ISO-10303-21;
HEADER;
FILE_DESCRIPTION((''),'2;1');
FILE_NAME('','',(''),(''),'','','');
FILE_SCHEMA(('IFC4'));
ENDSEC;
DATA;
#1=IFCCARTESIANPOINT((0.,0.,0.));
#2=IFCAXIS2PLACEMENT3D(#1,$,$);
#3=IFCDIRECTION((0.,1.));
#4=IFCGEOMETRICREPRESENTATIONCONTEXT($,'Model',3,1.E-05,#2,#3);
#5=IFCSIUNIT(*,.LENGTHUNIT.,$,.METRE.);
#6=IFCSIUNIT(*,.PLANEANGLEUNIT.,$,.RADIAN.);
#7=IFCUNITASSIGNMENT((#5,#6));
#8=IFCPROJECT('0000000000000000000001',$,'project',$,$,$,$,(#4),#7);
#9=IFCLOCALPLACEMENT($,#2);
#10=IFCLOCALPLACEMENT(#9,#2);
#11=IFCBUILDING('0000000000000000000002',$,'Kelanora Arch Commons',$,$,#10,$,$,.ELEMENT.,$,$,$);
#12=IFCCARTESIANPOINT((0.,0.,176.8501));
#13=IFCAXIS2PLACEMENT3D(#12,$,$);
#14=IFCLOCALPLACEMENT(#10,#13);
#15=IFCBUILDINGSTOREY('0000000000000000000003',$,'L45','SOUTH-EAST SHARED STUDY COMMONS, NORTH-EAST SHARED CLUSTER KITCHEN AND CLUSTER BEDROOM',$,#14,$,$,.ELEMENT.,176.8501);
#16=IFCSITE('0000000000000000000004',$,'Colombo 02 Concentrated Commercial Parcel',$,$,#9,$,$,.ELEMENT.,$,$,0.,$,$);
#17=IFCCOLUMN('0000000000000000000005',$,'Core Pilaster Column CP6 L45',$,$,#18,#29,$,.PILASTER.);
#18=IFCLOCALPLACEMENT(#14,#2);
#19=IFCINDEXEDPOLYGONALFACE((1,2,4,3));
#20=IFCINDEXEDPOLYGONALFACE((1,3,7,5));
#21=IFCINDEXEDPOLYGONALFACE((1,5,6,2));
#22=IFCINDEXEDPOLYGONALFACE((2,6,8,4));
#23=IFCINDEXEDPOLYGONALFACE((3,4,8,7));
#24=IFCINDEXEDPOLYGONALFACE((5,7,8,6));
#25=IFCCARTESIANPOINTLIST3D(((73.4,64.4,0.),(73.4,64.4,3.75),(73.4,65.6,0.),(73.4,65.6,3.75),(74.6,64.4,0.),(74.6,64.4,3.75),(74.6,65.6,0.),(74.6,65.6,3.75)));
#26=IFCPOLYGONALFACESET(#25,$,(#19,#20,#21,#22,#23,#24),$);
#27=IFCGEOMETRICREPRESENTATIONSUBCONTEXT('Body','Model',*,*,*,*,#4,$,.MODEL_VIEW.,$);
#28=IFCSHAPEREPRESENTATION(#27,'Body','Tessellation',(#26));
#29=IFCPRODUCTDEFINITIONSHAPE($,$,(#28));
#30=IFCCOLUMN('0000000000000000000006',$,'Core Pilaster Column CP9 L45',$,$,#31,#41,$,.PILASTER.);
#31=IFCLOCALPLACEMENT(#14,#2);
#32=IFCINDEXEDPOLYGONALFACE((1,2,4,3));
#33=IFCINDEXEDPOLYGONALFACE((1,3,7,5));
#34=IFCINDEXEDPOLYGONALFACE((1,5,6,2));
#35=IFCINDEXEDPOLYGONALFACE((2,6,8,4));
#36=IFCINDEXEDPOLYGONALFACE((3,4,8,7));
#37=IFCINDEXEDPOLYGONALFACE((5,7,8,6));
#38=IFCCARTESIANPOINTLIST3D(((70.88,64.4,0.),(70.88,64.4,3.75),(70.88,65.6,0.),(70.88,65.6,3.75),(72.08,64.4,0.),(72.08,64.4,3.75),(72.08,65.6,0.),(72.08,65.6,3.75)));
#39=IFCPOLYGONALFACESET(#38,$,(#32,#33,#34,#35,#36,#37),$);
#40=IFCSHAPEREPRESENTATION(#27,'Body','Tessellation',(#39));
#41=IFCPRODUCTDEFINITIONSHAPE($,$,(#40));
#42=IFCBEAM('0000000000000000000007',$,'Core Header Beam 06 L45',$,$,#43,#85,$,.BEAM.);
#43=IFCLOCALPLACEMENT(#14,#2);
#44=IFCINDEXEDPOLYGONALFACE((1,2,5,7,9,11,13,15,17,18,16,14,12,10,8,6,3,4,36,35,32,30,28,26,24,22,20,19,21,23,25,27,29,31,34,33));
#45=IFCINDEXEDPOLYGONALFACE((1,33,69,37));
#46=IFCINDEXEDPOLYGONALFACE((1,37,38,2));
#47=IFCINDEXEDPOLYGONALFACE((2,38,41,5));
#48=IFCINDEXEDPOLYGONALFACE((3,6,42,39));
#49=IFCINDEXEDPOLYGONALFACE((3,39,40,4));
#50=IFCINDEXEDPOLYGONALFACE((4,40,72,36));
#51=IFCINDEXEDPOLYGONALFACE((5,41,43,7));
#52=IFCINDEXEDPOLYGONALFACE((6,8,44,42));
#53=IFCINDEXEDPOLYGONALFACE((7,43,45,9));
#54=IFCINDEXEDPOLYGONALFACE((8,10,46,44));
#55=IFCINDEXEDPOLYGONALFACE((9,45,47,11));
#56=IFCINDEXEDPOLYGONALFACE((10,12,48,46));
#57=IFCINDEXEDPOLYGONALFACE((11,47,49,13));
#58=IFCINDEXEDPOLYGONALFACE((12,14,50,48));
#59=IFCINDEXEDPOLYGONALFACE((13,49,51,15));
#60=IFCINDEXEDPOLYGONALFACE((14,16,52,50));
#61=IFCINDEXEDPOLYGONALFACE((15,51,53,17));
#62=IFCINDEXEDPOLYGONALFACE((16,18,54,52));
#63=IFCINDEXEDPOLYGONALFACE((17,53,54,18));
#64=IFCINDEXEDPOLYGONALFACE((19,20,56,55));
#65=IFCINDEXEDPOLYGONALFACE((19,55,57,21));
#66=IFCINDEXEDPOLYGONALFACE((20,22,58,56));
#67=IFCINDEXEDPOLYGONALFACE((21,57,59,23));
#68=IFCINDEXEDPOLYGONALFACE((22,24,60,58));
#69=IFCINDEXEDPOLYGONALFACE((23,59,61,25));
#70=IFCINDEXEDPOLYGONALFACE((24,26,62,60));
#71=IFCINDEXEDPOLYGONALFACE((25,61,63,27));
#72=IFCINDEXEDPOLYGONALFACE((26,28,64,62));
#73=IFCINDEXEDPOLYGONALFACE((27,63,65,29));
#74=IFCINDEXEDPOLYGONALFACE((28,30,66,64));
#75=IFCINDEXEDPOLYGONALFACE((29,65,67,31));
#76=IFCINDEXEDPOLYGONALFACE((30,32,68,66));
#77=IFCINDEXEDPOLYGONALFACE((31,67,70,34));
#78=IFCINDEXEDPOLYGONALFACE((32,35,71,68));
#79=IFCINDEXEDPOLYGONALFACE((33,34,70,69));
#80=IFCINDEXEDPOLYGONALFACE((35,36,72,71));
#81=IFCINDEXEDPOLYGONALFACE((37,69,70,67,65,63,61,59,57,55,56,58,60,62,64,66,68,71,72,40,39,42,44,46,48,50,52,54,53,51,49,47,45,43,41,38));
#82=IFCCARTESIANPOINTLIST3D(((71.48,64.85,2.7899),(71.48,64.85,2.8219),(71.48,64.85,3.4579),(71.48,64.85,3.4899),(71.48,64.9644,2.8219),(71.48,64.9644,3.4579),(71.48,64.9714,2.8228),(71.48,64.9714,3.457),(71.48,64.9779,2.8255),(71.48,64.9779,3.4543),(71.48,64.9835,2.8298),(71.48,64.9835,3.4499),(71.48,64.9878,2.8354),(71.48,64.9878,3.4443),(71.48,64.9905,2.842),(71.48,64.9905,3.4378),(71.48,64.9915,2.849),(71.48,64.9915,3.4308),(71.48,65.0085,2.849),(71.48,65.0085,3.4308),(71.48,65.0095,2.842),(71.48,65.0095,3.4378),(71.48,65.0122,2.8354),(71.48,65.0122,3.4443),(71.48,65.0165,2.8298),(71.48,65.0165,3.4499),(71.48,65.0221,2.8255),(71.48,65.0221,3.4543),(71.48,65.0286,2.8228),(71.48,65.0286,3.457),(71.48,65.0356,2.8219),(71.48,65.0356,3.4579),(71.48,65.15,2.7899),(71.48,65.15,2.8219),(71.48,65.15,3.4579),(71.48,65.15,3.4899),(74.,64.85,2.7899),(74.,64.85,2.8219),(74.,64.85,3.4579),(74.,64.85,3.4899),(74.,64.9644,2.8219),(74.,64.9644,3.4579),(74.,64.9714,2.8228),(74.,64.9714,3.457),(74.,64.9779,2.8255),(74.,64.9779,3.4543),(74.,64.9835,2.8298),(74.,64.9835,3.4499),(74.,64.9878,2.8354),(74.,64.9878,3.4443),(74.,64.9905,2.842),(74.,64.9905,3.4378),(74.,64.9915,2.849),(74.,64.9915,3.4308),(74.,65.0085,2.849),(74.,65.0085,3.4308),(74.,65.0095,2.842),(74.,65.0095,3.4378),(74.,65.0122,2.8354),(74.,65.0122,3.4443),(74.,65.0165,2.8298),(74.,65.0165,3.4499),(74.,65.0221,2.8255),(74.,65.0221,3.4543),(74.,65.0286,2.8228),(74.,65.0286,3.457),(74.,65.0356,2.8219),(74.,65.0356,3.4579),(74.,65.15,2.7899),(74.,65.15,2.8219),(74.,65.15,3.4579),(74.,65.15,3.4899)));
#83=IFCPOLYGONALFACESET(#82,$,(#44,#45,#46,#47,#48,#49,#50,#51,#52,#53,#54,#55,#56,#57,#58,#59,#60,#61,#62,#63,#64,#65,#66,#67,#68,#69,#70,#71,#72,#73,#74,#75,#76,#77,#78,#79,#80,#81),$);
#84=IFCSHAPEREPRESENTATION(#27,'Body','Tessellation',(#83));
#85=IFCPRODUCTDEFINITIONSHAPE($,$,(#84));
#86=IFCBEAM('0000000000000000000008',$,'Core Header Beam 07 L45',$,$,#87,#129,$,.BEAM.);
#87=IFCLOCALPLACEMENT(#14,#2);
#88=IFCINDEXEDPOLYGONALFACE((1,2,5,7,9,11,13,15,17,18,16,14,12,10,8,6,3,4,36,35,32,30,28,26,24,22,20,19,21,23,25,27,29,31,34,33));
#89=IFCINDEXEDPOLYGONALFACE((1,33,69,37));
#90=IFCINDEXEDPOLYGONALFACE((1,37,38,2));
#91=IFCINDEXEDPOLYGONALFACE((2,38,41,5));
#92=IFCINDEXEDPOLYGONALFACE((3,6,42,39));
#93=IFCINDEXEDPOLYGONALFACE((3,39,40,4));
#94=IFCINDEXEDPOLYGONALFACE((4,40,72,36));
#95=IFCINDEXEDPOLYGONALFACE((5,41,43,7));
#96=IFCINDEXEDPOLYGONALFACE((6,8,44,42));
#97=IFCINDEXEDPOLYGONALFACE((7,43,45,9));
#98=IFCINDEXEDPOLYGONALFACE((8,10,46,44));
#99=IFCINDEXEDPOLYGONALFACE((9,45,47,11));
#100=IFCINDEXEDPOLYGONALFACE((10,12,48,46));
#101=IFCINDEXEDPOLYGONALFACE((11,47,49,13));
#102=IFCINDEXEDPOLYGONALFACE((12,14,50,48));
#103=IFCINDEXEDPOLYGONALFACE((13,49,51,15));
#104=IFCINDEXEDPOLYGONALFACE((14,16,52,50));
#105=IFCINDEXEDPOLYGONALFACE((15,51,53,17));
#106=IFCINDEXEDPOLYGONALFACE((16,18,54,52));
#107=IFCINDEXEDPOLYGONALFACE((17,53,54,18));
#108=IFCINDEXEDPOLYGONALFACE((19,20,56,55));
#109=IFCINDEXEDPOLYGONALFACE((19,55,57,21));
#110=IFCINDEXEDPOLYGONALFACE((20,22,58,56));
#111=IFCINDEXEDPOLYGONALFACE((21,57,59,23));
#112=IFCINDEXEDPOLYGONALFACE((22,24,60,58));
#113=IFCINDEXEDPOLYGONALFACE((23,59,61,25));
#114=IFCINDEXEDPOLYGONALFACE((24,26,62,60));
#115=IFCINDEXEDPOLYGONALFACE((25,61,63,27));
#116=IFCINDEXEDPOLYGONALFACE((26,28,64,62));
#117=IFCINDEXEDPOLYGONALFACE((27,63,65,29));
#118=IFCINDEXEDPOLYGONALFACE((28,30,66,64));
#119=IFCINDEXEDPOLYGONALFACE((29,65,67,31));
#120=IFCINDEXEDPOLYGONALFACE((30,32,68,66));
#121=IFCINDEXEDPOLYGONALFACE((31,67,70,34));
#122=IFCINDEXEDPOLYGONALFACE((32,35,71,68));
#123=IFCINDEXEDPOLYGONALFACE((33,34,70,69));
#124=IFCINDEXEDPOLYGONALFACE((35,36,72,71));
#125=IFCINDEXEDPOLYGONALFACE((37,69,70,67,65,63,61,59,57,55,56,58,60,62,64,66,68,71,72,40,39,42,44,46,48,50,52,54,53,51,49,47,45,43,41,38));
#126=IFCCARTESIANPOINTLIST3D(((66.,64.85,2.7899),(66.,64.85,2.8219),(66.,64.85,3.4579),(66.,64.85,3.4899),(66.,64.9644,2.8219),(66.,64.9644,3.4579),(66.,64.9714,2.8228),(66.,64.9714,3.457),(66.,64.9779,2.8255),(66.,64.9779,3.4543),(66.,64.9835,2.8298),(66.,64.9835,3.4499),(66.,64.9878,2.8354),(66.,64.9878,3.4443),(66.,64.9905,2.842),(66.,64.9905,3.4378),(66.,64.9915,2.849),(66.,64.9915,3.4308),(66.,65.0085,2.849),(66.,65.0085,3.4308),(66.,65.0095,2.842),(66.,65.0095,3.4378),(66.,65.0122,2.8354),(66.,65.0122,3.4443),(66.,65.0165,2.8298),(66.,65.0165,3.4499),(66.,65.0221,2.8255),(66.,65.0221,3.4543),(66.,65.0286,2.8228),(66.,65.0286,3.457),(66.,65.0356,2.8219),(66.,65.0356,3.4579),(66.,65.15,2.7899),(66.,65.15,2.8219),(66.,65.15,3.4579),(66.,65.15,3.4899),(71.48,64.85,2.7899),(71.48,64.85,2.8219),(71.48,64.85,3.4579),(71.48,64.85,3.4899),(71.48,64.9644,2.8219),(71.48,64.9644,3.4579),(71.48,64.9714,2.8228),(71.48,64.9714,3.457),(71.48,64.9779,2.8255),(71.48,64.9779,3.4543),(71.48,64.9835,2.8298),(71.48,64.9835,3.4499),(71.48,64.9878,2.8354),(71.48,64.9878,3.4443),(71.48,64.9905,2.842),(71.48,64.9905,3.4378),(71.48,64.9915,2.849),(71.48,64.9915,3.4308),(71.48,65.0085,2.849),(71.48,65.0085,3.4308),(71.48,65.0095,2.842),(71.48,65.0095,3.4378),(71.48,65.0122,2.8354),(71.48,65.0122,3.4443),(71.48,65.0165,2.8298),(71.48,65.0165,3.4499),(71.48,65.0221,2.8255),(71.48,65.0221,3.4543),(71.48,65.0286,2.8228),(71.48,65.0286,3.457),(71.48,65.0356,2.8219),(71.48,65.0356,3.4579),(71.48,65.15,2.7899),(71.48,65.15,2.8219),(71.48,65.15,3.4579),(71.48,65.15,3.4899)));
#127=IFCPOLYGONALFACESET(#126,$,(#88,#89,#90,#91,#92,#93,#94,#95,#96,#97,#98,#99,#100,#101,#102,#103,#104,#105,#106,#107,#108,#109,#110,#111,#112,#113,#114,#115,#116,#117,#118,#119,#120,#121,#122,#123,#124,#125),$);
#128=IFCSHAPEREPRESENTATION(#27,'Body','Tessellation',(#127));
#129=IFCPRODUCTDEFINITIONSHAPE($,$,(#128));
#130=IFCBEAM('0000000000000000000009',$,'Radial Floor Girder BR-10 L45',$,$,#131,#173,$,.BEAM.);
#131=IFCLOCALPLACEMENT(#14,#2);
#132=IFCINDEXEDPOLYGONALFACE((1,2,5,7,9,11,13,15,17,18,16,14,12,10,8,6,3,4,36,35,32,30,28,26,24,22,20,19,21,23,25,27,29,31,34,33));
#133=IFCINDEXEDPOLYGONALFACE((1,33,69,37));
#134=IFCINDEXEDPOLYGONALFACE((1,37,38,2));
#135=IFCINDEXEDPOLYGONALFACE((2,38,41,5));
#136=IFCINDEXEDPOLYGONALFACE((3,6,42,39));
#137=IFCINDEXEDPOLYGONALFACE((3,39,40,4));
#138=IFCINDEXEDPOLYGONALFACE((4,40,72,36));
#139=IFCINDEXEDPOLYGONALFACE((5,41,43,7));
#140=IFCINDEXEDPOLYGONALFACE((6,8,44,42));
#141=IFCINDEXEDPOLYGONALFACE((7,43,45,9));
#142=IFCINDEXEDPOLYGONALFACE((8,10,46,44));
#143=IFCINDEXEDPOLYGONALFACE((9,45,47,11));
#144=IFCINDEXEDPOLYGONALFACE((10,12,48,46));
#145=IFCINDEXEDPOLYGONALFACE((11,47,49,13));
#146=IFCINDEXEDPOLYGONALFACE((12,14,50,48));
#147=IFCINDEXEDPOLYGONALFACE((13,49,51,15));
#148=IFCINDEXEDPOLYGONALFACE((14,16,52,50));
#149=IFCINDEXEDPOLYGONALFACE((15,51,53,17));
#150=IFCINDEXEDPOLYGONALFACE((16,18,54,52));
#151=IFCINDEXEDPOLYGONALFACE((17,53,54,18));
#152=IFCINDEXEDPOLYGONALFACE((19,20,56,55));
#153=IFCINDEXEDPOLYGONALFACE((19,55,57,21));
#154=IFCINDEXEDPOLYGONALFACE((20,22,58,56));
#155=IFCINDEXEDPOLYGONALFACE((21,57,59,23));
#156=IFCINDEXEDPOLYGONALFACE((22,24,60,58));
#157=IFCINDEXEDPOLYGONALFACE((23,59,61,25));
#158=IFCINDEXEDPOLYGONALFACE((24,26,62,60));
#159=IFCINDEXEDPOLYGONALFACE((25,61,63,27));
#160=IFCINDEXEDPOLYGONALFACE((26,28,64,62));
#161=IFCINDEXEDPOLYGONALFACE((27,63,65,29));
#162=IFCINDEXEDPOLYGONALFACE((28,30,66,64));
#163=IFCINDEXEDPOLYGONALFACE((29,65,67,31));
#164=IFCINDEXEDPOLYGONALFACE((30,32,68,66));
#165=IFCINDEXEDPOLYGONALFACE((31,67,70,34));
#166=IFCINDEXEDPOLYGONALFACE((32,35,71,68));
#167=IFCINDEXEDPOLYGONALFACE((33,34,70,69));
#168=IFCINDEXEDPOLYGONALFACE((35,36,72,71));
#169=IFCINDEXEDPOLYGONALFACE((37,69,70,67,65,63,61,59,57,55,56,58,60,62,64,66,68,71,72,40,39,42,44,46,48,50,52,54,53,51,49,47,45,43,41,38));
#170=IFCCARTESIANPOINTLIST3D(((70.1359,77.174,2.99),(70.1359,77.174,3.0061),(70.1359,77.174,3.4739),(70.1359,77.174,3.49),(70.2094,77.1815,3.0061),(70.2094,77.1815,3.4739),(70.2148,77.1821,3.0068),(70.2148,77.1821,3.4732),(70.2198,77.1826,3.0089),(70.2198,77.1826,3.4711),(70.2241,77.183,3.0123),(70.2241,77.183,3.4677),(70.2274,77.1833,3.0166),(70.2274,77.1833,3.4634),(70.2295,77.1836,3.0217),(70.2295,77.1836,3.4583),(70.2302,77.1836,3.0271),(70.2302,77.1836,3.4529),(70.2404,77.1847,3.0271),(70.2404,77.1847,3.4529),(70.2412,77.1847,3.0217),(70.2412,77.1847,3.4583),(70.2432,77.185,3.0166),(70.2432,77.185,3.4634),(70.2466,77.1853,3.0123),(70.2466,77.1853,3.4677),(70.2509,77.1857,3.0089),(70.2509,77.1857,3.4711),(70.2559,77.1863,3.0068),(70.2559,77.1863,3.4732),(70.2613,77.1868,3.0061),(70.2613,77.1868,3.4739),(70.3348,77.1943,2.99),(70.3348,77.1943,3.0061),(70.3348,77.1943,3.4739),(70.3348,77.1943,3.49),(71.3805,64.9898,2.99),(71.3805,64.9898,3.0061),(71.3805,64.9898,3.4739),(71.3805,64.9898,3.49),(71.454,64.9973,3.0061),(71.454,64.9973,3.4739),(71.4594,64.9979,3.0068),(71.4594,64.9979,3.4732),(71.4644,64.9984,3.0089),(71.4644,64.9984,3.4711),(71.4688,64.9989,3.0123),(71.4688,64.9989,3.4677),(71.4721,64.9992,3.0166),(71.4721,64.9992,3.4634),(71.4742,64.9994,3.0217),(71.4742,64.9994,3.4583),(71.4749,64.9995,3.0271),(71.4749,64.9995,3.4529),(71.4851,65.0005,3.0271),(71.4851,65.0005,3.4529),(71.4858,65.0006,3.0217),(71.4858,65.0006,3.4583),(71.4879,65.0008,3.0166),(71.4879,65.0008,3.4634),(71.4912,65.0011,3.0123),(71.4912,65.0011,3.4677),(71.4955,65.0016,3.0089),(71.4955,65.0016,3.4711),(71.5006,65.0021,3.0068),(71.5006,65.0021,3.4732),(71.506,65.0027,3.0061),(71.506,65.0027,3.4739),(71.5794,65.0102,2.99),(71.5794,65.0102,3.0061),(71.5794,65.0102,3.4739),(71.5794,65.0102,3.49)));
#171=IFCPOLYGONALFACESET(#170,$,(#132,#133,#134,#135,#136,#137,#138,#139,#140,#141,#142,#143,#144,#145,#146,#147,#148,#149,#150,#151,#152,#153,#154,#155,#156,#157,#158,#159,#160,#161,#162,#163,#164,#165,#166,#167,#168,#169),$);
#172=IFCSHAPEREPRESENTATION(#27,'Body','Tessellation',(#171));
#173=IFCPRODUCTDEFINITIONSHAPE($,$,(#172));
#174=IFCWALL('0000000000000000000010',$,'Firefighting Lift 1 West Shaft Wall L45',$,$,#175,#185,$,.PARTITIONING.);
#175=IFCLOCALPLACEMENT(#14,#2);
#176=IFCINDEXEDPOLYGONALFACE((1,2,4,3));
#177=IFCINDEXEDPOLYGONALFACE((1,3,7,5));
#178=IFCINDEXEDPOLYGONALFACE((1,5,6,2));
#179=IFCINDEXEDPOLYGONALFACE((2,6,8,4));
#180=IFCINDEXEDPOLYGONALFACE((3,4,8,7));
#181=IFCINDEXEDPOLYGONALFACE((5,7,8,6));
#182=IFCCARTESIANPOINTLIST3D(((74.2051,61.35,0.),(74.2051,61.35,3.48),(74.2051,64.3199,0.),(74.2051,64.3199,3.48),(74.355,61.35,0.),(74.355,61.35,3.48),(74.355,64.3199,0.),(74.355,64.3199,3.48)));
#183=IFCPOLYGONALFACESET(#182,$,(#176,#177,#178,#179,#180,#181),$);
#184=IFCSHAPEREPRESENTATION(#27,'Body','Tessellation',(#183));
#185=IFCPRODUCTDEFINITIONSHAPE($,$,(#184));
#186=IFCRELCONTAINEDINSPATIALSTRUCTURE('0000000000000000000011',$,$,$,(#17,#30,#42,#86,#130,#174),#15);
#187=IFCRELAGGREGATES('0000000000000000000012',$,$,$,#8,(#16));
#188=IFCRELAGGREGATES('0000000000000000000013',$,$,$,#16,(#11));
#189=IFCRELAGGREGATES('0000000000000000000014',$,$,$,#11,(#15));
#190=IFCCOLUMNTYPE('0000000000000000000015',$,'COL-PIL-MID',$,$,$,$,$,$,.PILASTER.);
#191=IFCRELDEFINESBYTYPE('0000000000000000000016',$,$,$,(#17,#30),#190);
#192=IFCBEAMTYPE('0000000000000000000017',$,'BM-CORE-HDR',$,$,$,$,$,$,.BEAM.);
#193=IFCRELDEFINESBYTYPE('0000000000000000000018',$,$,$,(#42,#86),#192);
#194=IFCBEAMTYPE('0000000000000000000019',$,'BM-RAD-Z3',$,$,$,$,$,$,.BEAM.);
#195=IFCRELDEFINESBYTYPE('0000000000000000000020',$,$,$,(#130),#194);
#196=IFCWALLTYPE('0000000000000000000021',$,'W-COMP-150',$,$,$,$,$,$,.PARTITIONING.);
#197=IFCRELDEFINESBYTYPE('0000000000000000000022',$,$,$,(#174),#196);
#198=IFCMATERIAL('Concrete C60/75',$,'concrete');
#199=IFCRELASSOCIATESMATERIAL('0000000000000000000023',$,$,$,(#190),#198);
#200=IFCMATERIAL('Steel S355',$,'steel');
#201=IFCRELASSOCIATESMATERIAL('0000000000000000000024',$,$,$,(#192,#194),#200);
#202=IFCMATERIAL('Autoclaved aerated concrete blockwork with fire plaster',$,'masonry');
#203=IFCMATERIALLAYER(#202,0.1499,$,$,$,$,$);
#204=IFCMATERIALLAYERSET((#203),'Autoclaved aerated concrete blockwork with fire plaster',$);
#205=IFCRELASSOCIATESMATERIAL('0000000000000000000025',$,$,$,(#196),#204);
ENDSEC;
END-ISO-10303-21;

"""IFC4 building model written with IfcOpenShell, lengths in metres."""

from ifc_helpers import new_model, si_unit, direction, frame, frame_2d, origin, origin_2d, place, context, subcontext, project, spatial, rectangle, i_section, extrude, material, layer, layer_set, material_profile, profile_set, type_object, element, save


model = new_model("IFC4")

# Units and contexts
model_context = context("Model", 3, precision=1e-05, world=origin(), true_north=direction((0.0, 1.0)))
body_context = subcontext(model_context, "Body", "Model", "MODEL_VIEW")
ifc_project = project(units=[si_unit("LENGTHUNIT", "METRE"), si_unit("PLANEANGLEUNIT", "RADIAN")], contexts=[model_context])

# Site, building, storey
site_placement = place(None, origin())
site = spatial("IfcSite", under=ifc_project, at=site_placement, Name="Colombo 02 Concentrated Commercial Parcel", CompositionType="ELEMENT", RefElevation=0.0)
building_placement = place(site_placement, origin())
building = spatial("IfcBuilding", under=site, at=building_placement, Name="Kelanora Arch Commons", CompositionType="ELEMENT")
storey_placement = place(building_placement, frame((0.0, 0.0, 176.8501)))
storey = spatial("IfcBuildingStorey", under=building, at=storey_placement, Name="L45", Description="SOUTH-EAST SHARED STUDY COMMONS, NORTH-EAST SHARED CLUSTER KITCHEN AND CLUSTER BEDROOM", CompositionType="ELEMENT", Elevation=176.8501)

# Columns
ifc_material_1 = material(Name="Concrete C60/75", Category="concrete")
ifc_material_profile_1 = material_profile(ifc_material_1, rectangle(XDim=1.2, YDim=1.2, at=origin_2d()), Name="RC1200x1200")
ifc_profile_set_1 = profile_set([ifc_material_profile_1], Name="Concrete C60/75")
column_type = type_object("IfcColumnType", Name="COL-PIL-MID", PredefinedType="PILASTER", material=ifc_profile_set_1)
for number, where, z_axis, x_axis, name in (
    (1, (74.0, 65.0, 0.0), (0.0, 0.0, 1.0), (1.0, 0.0, 0.0), "Core Pilaster Column CP6 L45"),
    (2, (71.48, 65.0, 0.0), (0.0, 0.0, 1.0), (1.0, 0.0, 0.0), "Core Pilaster Column CP9 L45"),
):
    element("IfcColumn", number, at=place(storey_placement, frame(where, z_axis=z_axis, x_axis=x_axis)), inside=storey, type_object=column_type, Name=name, PredefinedType="PILASTER", context=body_context, shape_type="SweptSolid", body=[
        extrude(rectangle(XDim=1.2, YDim=1.2, at=origin_2d()), origin(), (0.0, 0.0, 1.0), 3.75),
    ])

# Beams
ifc_material_2 = material(Name="Steel S355", Category="steel")
ifc_material_profile_2 = material_profile(ifc_material_2, i_section(OverallWidth=0.3, OverallDepth=0.7, WebThickness=0.0171, FlangeThickness=0.032, FilletRadius=0.0271, at=origin_2d()), Name="HEB700")
ifc_profile_set_2 = profile_set([ifc_material_profile_2], Name="Steel S355")
beam_type_1 = type_object("IfcBeamType", Name="BM-CORE-HDR", PredefinedType="BEAM", material=ifc_profile_set_2)
beam_1_placement = place(storey_placement, frame((74.0, 65.0, 3.1399), z_axis=(-1.0, 0.0, 0.0), x_axis=(0.0, -1.0, 0.0)))
element("IfcBeam", 3, at=beam_1_placement, inside=storey, type_object=beam_type_1, Name="Core Header Beam 06 L45", PredefinedType="BEAM", context=body_context, shape_type="SweptSolid", body=[
    extrude(i_section(OverallWidth=0.3, OverallDepth=0.7, WebThickness=0.0171, FlangeThickness=0.032, FilletRadius=0.0271, at=origin_2d()), origin(), (0.0, 0.0, 1.0), 2.52),
])
beam_2_placement = place(storey_placement, frame((71.48, 65.0, 3.1399), z_axis=(-1.0, 0.0, 0.0), x_axis=(0.0, -1.0, 0.0)))
element("IfcBeam", 4, at=beam_2_placement, inside=storey, type_object=beam_type_1, Name="Core Header Beam 07 L45", PredefinedType="BEAM", context=body_context, shape_type="SweptSolid", body=[
    extrude(i_section(OverallWidth=0.3, OverallDepth=0.7, WebThickness=0.0171, FlangeThickness=0.032, FilletRadius=0.0271, at=origin_2d()), origin(), (0.0, 0.0, 1.0), 5.48),
])
ifc_material_profile_3 = material_profile(ifc_material_2, i_section(OverallWidth=0.2, OverallDepth=0.5, WebThickness=0.0103, FlangeThickness=0.0161, FilletRadius=0.021, at=origin_2d()), Name="IPE500")
ifc_profile_set_3 = profile_set([ifc_material_profile_3], Name="Steel S355")
beam_type_2 = type_object("IfcBeamType", Name="BM-RAD-Z3", PredefinedType="BEAM", material=ifc_profile_set_3)
beam_3_placement = place(storey_placement, frame((71.48, 65.0, 3.24), z_axis=(-0.101623, 0.994823, 0.0), x_axis=(-0.994823, -0.101623, 0.0)))
element("IfcBeam", 5, at=beam_3_placement, inside=storey, type_object=beam_type_2, Name="Radial Floor Girder BR-10 L45", PredefinedType="BEAM", context=body_context, shape_type="SweptSolid", body=[
    extrude(i_section(OverallWidth=0.2, OverallDepth=0.5, WebThickness=0.0103, FlangeThickness=0.0161, FilletRadius=0.021, at=origin_2d()), origin(), (0.0, 0.0, 1.0), 12.2476),
])

# Wall
ifc_material_3 = material(Name="Autoclaved aerated concrete blockwork with fire plaster", Category="masonry")
ifc_layer_1 = layer(ifc_material_3, 0.1499)
ifc_layer_set_1 = layer_set([ifc_layer_1], Name="Autoclaved aerated concrete blockwork with fire plaster")
wall_type_1 = type_object("IfcWallType", Name="W-COMP-150", PredefinedType="PARTITIONING", material=ifc_layer_set_1)
wall_1_placement = place(storey_placement, frame((74.28, 61.3501, 0.0), z_axis=(0.0, 0.0, 1.0), x_axis=(0.0, 1.0, 0.0)))
element("IfcWall", 6, at=wall_1_placement, inside=storey, type_object=wall_type_1, Name="Firefighting Lift 1 West Shaft Wall L45", PredefinedType="PARTITIONING", context=body_context, shape_type="SweptSolid", body=[
    extrude(rectangle(XDim=2.97, YDim=0.1499, at=frame_2d((1.4849, 0.0))), origin(), (0.0, 0.0, 1.0), 3.48),
])

save(model, "model.ifc")
